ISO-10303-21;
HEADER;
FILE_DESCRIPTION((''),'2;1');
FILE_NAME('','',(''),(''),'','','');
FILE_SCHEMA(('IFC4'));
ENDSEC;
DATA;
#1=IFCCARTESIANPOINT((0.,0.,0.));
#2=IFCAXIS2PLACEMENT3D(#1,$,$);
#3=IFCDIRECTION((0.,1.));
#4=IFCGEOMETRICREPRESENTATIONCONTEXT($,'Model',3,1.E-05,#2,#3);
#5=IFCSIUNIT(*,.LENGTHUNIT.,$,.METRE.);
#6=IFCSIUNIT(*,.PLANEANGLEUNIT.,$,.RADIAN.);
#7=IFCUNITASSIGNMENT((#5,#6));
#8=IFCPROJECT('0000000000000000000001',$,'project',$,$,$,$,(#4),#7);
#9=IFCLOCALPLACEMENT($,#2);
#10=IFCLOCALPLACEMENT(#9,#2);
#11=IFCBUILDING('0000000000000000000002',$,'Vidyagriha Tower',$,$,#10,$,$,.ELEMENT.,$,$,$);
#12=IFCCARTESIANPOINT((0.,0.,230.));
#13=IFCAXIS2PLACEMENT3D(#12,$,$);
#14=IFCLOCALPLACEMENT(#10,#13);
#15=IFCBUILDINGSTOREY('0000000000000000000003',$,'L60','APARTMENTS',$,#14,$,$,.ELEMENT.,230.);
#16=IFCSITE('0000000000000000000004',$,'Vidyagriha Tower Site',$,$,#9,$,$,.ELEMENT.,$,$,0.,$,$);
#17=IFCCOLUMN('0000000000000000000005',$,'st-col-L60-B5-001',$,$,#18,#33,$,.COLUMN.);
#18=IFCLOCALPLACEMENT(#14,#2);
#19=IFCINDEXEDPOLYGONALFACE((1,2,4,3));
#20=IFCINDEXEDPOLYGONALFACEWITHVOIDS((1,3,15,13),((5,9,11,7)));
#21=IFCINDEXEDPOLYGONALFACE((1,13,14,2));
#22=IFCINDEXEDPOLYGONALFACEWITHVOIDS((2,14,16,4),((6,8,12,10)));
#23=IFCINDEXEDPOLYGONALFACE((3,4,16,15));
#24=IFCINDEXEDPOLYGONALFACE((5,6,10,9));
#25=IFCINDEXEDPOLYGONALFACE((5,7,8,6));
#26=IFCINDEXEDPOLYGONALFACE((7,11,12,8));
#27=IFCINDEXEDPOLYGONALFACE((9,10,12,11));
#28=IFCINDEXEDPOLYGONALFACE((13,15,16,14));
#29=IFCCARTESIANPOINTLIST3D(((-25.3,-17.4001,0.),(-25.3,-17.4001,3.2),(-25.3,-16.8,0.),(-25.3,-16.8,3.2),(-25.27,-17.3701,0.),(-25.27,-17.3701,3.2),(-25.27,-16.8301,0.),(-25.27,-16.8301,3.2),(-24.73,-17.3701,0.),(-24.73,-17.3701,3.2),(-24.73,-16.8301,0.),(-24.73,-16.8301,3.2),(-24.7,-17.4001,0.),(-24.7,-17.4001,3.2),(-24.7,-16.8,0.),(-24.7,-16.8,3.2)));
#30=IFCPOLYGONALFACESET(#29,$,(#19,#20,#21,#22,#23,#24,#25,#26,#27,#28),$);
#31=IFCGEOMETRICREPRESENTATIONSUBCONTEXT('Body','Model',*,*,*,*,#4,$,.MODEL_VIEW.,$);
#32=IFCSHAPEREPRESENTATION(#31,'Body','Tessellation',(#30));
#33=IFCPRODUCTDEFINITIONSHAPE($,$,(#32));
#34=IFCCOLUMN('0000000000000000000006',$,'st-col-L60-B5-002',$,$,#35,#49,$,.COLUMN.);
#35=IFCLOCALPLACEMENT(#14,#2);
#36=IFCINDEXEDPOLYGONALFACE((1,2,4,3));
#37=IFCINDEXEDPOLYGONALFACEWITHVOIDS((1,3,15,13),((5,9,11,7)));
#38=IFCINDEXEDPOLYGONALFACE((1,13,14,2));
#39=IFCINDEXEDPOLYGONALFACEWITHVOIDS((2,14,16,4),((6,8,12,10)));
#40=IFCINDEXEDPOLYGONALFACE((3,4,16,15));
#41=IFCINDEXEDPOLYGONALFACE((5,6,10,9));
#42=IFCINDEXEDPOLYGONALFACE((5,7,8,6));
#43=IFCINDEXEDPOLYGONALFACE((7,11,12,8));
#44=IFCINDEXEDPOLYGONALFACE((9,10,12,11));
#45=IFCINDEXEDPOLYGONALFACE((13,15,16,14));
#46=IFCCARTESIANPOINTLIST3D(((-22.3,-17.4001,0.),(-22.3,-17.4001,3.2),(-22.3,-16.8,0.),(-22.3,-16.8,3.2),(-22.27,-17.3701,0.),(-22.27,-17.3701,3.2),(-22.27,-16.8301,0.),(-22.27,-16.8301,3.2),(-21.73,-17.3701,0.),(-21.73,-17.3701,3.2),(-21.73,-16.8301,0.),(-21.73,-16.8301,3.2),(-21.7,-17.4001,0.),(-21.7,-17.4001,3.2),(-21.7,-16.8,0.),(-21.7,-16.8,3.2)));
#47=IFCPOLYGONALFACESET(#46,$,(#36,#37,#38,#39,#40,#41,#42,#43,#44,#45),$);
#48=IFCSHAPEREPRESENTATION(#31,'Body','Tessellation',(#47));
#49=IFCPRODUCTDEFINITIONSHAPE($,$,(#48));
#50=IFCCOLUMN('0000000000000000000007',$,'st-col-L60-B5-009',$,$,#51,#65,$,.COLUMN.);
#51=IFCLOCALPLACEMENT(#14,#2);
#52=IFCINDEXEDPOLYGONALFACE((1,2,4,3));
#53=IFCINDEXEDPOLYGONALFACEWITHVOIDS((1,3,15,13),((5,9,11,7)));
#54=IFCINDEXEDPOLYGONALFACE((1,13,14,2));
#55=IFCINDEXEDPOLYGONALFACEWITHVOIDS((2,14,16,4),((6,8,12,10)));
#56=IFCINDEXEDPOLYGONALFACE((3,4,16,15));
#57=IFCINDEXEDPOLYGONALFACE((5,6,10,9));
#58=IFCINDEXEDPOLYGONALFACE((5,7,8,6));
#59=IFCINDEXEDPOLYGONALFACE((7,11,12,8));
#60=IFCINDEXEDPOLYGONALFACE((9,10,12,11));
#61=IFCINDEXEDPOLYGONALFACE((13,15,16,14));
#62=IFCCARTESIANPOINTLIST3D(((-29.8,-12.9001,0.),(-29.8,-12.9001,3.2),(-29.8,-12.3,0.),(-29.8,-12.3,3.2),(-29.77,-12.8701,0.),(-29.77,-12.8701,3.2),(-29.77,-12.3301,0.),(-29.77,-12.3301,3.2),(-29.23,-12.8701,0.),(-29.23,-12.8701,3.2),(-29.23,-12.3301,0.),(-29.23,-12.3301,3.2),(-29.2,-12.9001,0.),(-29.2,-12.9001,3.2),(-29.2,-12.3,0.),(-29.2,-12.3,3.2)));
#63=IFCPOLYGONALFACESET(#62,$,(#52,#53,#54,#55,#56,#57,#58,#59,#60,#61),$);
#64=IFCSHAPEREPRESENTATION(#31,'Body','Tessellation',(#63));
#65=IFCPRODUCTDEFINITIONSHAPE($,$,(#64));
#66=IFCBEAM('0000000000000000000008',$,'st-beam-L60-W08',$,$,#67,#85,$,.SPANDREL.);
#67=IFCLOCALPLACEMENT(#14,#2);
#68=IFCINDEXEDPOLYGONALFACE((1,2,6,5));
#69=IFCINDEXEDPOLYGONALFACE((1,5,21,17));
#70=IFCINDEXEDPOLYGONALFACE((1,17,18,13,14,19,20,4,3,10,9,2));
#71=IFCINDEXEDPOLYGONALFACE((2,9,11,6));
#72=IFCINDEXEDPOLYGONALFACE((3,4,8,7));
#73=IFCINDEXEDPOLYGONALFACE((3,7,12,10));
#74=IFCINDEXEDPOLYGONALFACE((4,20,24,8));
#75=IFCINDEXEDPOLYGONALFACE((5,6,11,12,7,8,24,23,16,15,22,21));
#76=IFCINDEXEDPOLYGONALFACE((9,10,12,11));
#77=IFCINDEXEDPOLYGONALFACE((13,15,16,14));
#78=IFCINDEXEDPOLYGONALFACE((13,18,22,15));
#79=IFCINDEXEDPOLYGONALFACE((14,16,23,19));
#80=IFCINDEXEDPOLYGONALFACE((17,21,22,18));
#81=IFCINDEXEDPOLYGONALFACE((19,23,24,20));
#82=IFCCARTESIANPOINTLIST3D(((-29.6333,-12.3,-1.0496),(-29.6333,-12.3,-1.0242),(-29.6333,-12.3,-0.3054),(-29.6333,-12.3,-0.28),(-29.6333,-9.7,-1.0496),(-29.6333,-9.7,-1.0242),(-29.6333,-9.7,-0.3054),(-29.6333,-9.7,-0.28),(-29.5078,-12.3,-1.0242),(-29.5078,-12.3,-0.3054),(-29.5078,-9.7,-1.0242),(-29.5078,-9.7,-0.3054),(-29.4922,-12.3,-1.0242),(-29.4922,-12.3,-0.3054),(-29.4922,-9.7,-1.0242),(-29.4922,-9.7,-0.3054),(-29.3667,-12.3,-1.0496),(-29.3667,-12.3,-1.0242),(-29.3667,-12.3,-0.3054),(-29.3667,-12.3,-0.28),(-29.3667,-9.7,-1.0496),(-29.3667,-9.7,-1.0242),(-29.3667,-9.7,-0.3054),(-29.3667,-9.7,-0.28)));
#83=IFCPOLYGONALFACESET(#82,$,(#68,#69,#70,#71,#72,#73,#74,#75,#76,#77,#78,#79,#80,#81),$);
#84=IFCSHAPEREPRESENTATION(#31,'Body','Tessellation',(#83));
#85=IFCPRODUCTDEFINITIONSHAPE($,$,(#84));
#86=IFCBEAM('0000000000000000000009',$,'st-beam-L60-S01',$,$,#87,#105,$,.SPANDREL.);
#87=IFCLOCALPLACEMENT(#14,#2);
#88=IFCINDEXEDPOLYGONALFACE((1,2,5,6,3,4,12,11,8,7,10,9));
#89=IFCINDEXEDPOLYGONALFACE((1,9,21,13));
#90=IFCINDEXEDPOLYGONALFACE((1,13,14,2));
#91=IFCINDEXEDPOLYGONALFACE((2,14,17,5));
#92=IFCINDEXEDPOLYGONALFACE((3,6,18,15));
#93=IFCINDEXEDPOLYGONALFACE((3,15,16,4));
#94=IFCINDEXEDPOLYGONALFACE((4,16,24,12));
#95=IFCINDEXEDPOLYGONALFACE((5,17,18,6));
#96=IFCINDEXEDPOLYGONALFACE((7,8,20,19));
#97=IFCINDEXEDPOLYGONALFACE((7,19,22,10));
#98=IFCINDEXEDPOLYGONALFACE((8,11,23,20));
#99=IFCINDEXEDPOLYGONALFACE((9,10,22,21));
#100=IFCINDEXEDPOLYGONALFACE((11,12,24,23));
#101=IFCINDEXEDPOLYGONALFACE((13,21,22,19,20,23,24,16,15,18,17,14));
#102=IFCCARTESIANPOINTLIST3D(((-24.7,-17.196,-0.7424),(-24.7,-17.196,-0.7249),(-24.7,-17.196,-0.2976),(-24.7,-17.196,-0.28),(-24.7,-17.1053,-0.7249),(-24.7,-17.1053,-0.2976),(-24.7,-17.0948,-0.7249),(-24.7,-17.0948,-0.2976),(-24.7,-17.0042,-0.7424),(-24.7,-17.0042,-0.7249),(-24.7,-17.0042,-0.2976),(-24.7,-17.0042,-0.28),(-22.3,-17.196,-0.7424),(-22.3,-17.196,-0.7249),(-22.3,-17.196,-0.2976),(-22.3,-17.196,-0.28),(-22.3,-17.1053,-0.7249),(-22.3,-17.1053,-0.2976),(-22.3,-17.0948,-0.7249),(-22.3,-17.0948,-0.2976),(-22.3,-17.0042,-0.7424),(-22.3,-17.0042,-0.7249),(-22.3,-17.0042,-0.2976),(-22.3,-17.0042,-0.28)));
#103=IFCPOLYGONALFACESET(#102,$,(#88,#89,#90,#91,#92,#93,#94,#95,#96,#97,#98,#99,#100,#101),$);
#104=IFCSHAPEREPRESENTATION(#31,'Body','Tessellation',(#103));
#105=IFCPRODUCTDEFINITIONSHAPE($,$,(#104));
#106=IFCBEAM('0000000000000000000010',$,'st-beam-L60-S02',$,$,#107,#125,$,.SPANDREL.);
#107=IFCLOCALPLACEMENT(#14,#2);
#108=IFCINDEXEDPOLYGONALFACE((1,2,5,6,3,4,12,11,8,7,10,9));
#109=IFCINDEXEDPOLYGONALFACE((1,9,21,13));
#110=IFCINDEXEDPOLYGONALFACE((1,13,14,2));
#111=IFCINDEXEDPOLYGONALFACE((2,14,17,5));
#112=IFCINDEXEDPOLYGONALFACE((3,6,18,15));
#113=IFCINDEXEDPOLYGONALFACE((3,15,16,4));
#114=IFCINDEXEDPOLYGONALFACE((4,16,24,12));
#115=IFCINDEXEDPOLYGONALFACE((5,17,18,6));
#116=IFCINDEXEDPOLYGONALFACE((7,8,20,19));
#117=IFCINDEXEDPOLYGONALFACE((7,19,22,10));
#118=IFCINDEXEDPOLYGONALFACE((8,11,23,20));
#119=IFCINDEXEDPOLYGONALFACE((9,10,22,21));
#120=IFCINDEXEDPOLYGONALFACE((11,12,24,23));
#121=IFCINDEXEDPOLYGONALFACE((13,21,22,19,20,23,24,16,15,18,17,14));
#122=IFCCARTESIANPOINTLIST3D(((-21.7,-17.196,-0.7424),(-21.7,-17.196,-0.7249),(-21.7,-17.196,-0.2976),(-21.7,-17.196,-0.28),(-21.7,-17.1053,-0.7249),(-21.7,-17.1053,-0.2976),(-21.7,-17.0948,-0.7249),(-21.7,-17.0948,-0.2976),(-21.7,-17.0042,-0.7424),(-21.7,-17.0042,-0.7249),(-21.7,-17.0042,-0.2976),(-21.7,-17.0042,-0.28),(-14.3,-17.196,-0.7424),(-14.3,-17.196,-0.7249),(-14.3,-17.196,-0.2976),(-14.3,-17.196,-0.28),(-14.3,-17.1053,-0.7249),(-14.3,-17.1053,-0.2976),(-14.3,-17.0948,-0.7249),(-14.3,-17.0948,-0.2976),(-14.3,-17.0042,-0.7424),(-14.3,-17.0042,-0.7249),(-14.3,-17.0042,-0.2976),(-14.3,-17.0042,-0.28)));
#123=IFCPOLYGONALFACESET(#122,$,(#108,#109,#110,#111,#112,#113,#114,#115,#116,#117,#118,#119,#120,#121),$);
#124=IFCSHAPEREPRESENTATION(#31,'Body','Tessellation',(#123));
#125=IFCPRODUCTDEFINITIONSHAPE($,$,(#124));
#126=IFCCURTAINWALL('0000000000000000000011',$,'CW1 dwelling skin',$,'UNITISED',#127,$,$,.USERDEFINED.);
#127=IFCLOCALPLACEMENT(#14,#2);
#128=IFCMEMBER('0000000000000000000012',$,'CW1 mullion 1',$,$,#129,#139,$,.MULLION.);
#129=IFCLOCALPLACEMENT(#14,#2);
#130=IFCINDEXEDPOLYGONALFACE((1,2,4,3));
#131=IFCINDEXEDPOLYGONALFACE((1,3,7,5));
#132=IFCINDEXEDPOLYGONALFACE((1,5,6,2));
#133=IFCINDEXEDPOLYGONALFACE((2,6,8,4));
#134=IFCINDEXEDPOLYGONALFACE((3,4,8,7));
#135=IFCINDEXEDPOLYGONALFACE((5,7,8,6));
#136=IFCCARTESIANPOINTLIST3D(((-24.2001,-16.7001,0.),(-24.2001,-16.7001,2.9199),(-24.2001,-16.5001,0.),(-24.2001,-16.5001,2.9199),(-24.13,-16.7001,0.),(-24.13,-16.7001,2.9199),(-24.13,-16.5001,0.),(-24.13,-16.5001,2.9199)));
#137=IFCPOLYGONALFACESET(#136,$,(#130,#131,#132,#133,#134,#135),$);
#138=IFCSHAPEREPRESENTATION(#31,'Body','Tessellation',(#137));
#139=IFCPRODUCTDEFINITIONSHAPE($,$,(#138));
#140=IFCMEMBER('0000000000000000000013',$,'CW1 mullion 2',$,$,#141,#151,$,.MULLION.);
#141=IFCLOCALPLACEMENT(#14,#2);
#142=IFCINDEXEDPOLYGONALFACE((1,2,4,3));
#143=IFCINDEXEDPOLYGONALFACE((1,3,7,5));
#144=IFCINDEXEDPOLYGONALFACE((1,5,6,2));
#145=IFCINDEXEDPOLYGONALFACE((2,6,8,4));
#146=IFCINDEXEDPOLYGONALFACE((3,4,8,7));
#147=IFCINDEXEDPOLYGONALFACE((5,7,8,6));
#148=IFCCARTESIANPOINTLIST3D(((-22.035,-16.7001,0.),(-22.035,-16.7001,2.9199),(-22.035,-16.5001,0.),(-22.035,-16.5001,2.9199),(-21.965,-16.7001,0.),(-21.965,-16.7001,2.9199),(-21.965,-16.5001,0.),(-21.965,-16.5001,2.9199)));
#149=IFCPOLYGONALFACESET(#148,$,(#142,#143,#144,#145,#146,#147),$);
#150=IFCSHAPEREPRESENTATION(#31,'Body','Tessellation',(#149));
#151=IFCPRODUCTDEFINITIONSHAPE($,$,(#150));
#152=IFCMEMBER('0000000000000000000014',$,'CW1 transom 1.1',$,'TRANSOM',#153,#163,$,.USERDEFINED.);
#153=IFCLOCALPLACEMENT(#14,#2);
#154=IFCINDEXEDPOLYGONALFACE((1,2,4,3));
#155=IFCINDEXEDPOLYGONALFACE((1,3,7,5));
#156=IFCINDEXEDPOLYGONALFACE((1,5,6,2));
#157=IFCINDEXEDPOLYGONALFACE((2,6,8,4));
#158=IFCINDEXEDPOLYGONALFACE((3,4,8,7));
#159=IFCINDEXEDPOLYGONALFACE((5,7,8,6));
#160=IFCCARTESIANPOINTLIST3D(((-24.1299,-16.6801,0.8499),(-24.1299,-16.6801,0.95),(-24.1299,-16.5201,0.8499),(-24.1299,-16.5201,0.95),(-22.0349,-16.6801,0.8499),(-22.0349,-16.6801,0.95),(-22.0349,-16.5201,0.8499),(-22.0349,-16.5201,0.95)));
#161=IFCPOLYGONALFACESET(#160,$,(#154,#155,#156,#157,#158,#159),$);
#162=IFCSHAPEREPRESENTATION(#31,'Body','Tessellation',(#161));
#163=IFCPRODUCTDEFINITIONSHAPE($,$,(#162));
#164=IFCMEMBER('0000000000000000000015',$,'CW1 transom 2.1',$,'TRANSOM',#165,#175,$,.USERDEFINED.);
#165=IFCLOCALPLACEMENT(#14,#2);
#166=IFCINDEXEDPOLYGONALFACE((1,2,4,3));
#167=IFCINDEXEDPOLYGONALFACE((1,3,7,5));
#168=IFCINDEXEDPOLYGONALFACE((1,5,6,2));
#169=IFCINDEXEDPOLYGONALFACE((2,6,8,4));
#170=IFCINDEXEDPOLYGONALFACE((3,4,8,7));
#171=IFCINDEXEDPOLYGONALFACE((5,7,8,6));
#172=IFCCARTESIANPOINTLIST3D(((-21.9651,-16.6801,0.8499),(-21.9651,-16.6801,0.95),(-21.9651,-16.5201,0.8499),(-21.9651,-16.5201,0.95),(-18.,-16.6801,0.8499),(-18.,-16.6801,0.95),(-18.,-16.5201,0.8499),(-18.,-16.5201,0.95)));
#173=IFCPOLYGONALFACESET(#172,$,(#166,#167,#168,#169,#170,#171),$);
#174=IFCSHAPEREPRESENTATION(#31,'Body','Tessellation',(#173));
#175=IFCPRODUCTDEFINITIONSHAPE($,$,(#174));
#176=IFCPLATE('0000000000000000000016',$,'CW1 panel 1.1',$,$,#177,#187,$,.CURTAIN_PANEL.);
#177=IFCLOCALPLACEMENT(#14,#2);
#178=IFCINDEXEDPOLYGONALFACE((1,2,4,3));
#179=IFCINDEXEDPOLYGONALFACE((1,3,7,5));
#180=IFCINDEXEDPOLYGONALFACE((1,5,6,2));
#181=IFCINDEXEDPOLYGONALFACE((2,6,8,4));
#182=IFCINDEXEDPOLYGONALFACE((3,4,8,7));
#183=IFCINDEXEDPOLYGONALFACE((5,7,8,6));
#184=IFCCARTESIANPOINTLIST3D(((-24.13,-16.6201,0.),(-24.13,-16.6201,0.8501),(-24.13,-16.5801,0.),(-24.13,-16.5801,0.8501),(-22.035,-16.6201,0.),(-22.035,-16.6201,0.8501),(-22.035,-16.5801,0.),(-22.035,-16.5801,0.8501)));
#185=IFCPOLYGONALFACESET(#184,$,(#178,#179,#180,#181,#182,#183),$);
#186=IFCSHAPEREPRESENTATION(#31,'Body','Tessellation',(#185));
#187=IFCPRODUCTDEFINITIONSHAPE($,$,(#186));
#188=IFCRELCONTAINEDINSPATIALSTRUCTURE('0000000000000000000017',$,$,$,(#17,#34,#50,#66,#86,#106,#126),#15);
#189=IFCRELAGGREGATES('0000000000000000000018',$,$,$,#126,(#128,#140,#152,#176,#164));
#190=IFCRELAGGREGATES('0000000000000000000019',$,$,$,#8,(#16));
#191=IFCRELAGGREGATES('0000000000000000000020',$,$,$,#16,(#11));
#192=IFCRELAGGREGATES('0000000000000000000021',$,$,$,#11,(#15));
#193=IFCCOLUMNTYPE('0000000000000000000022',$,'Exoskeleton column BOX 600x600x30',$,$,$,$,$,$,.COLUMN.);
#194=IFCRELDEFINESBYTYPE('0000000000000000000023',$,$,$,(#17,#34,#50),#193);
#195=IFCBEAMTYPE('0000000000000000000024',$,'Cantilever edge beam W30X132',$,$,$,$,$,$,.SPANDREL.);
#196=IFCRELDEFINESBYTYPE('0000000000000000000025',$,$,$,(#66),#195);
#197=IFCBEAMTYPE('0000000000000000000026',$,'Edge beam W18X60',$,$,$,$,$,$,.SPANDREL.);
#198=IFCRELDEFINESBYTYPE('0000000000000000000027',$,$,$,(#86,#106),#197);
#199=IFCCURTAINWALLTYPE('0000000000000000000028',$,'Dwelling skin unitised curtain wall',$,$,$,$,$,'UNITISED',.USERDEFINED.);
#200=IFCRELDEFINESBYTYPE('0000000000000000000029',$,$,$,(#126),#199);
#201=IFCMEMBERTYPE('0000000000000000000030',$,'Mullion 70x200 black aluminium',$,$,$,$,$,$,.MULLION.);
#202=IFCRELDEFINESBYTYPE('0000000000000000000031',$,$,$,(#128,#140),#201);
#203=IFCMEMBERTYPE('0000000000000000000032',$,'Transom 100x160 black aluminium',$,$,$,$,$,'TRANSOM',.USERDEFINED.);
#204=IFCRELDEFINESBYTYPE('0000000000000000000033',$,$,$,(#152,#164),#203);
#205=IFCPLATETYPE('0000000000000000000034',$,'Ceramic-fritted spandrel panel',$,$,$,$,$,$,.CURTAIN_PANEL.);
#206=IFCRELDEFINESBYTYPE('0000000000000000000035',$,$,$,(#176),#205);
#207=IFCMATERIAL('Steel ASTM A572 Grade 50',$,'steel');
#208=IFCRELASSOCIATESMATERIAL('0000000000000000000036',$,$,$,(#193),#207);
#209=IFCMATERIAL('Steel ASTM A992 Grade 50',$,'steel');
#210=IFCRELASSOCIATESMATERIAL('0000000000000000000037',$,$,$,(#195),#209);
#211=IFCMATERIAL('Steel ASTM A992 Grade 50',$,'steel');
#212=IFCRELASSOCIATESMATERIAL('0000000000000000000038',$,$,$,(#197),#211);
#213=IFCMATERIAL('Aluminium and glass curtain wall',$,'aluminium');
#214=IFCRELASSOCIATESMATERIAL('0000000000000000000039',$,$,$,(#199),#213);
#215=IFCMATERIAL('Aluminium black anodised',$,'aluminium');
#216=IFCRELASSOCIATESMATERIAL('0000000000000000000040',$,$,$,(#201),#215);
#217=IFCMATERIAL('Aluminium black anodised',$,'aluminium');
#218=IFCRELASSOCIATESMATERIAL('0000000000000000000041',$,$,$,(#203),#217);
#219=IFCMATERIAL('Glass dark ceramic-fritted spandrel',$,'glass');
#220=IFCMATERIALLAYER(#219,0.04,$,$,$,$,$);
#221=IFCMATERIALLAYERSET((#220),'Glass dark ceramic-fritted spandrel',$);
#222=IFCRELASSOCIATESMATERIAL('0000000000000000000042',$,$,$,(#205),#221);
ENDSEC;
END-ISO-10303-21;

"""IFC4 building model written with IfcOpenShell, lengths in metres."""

from ifc_helpers import new_model, si_unit, direction, frame, origin, origin_2d, place, context, subcontext, project, spatial, rectangle, hollow_rectangle, i_section, extrude, material, layer, layer_set, material_profile, profile_set, type_object, element, aggregate, save


model = new_model("IFC4")

# Units and contexts
model_context = context("Model", 3, precision=1e-05, world=origin(), true_north=direction((0.0, 1.0)))
body_context = subcontext(model_context, "Body", "Model", "MODEL_VIEW")
ifc_project = project(units=[si_unit("LENGTHUNIT", "METRE"), si_unit("PLANEANGLEUNIT", "RADIAN")], contexts=[model_context])

# Site, building, storey
site_placement = place(None, origin())
site = spatial("IfcSite", under=ifc_project, at=site_placement, Name="Vidyagriha Tower Site", CompositionType="ELEMENT", RefElevation=0.0)
building_placement = place(site_placement, origin())
building = spatial("IfcBuilding", under=site, at=building_placement, Name="Vidyagriha Tower", CompositionType="ELEMENT")
storey_placement = place(building_placement, frame((0.0, 0.0, 230.0)))
storey = spatial("IfcBuildingStorey", under=building, at=storey_placement, Name="L60", Description="APARTMENTS", CompositionType="ELEMENT", Elevation=230.0)

# Columns
ifc_material_1 = material(Name="Steel ASTM A572 Grade 50", Category="steel")
ifc_material_profile_1 = material_profile(ifc_material_1, hollow_rectangle(XDim=0.6001, YDim=0.6001, WallThickness=0.03, at=origin_2d()), Name="BOX 600x600x30")
ifc_profile_set_1 = profile_set([ifc_material_profile_1], Name="Steel ASTM A572 Grade 50")
column_type = type_object("IfcColumnType", Name="Exoskeleton column BOX 600x600x30", PredefinedType="COLUMN", material=ifc_profile_set_1)
for number, where, name in (
    (1, (-25.0, -17.1001, 0.0), "st-col-L60-B5-001"),
    (2, (-22.0, -17.1001, 0.0), "st-col-L60-B5-002"),
    (3, (-29.5, -12.6001, 0.0), "st-col-L60-B5-009"),
):
    element("IfcColumn", number, at=place(storey_placement, frame(where)), inside=storey, type_object=column_type, Name=name, PredefinedType="COLUMN", context=body_context, shape_type="SweptSolid", body=[
        extrude(hollow_rectangle(XDim=0.6001, YDim=0.6001, WallThickness=0.03, at=origin_2d()), origin(), (0.0, 0.0, 1.0), 3.2),
    ])

# Beams
ifc_material_2 = material(Name="Steel ASTM A992 Grade 50", Category="steel")
ifc_material_profile_2 = material_profile(ifc_material_2, i_section(OverallWidth=0.2666, OverallDepth=0.7695, WebThickness=0.0156, FlangeThickness=0.0254, at=origin_2d()), Name="W30X132")
ifc_profile_set_2 = profile_set([ifc_material_profile_2], Name="Steel ASTM A992 Grade 50")
beam_type_1 = type_object("IfcBeamType", Name="Cantilever edge beam W30X132", PredefinedType="SPANDREL", material=ifc_profile_set_2)
beam_1_placement = place(storey_placement, frame((-29.5, -12.3, -0.6648), z_axis=(0.0, 1.0, 0.0), x_axis=(-1.0, 0.0, 0.0)))
element("IfcBeam", 4, at=beam_1_placement, inside=storey, type_object=beam_type_1, Name="st-beam-L60-W08", PredefinedType="SPANDREL", context=body_context, shape_type="SweptSolid", body=[
    extrude(i_section(OverallWidth=0.2666, OverallDepth=0.7695, WebThickness=0.0156, FlangeThickness=0.0254, at=origin_2d()), origin(), (0.0, 0.0, 1.0), 2.6001),
])
ifc_material_3 = material(Name="Steel ASTM A992 Grade 50", Category="steel")
ifc_material_profile_3 = material_profile(ifc_material_3, i_section(OverallWidth=0.1919, OverallDepth=0.4624, WebThickness=0.0105, FlangeThickness=0.0176, at=origin_2d()), Name="W18X60")
ifc_profile_set_3 = profile_set([ifc_material_profile_3], Name="Steel ASTM A992 Grade 50")
beam_type_2 = type_object("IfcBeamType", Name="Edge beam W18X60", PredefinedType="SPANDREL", material=ifc_profile_set_3)
beam_2_placement = place(storey_placement, frame((-24.7, -17.1001, -0.5112), z_axis=(1.0, 0.0, 0.0), x_axis=(0.0, 1.0, 0.0)))
element("IfcBeam", 5, at=beam_2_placement, inside=storey, type_object=beam_type_2, Name="st-beam-L60-S01", PredefinedType="SPANDREL", context=body_context, shape_type="SweptSolid", body=[
    extrude(i_section(OverallWidth=0.1919, OverallDepth=0.4624, WebThickness=0.0105, FlangeThickness=0.0176, at=origin_2d()), origin(), (0.0, 0.0, 1.0), 2.3999),
])
beam_3_placement = place(storey_placement, frame((-21.7, -17.1001, -0.5112), z_axis=(1.0, 0.0, 0.0), x_axis=(0.0, 1.0, 0.0)))
element("IfcBeam", 6, at=beam_3_placement, inside=storey, type_object=beam_type_2, Name="st-beam-L60-S02", PredefinedType="SPANDREL", context=body_context, shape_type="SweptSolid", body=[
    extrude(i_section(OverallWidth=0.1919, OverallDepth=0.4624, WebThickness=0.0105, FlangeThickness=0.0176, at=origin_2d()), origin(), (0.0, 0.0, 1.0), 7.3999),
])

# Curtain wall, members, plate
ifc_material_4 = material(Name="Aluminium and glass curtain wall", Category="aluminium")
curtain_wall_type = type_object("IfcCurtainWallType", Name="Dwelling skin unitised curtain wall", ElementType="UNITISED", PredefinedType="USERDEFINED", material=ifc_material_4)
curtain_wall_placement = place(storey_placement, origin())
curtain_wall = element("IfcCurtainWall", 7, at=curtain_wall_placement, inside=storey, type_object=curtain_wall_type, Name="CW1 dwelling skin", ObjectType="UNITISED", PredefinedType="USERDEFINED")
ifc_material_5 = material(Name="Aluminium black anodised", Category="aluminium")
ifc_material_profile_4 = material_profile(ifc_material_5, rectangle(XDim=0.2, YDim=0.0701, at=origin_2d()), Name="Mullion 70x200 black aluminium")
ifc_profile_set_4 = profile_set([ifc_material_profile_4], Name="Aluminium black anodised")
member_type_1 = type_object("IfcMemberType", Name="Mullion 70x200 black aluminium", PredefinedType="MULLION", material=ifc_profile_set_4)
member_1_placement = place(storey_placement, frame((-24.165, -16.6001, 0.0), z_axis=(0.0, 0.0, 1.0), x_axis=(0.0, 1.0, 0.0)))
member_1 = element("IfcMember", 8, at=member_1_placement, type_object=member_type_1, Name="CW1 mullion 1", PredefinedType="MULLION", context=body_context, shape_type="SweptSolid", body=[
    extrude(rectangle(XDim=0.2, YDim=0.0701, at=origin_2d()), origin(), (0.0, 0.0, 1.0), 2.9199),
])
member_2_placement = place(storey_placement, frame((-22.0, -16.6001, 0.0), z_axis=(0.0, 0.0, 1.0), x_axis=(0.0, 1.0, 0.0)))
member_2 = element("IfcMember", 9, at=member_2_placement, type_object=member_type_1, Name="CW1 mullion 2", PredefinedType="MULLION", context=body_context, shape_type="SweptSolid", body=[
    extrude(rectangle(XDim=0.2, YDim=0.0701, at=origin_2d()), origin(), (0.0, 0.0, 1.0), 2.9199),
])
ifc_material_6 = material(Name="Aluminium black anodised", Category="aluminium")
ifc_material_profile_5 = material_profile(ifc_material_6, rectangle(XDim=0.1599, YDim=0.1001, at=origin_2d()), Name="Transom 100x160 black aluminium")
ifc_profile_set_5 = profile_set([ifc_material_profile_5], Name="Aluminium black anodised")
member_type_2 = type_object("IfcMemberType", Name="Transom 100x160 black aluminium", ElementType="TRANSOM", PredefinedType="USERDEFINED", material=ifc_profile_set_5)
member_3_placement = place(storey_placement, frame((-24.1299, -16.6001, 0.8999), z_axis=(1.0, 0.0, 0.0), x_axis=(0.0, 1.0, 0.0)))
member_3 = element("IfcMember", 10, at=member_3_placement, type_object=member_type_2, Name="CW1 transom 1.1", ObjectType="TRANSOM", PredefinedType="USERDEFINED", context=body_context, shape_type="SweptSolid", body=[
    extrude(rectangle(XDim=0.1599, YDim=0.1001, at=origin_2d()), origin(), (0.0, 0.0, 1.0), 2.095),
])
member_4_placement = place(storey_placement, frame((-21.9651, -16.6001, 0.8999), z_axis=(1.0, 0.0, 0.0), x_axis=(0.0, 1.0, 0.0)))
member_4 = element("IfcMember", 11, at=member_4_placement, type_object=member_type_2, Name="CW1 transom 2.1", ObjectType="TRANSOM", PredefinedType="USERDEFINED", context=body_context, shape_type="SweptSolid", body=[
    extrude(rectangle(XDim=0.1599, YDim=0.1001, at=origin_2d()), origin(), (0.0, 0.0, 1.0), 3.9651),
])
ifc_material_7 = material(Name="Glass dark ceramic-fritted spandrel", Category="glass")
ifc_layer_1 = layer(ifc_material_7, 0.04)
ifc_layer_set_1 = layer_set([ifc_layer_1], Name="Glass dark ceramic-fritted spandrel")
plate_type_1 = type_object("IfcPlateType", Name="Ceramic-fritted spandrel panel", PredefinedType="CURTAIN_PANEL", material=ifc_layer_set_1)
plate_1_placement = place(storey_placement, frame((-23.0825, -16.6001, 0.0)))
plate_1 = element("IfcPlate", 12, at=plate_1_placement, type_object=plate_type_1, Name="CW1 panel 1.1", PredefinedType="CURTAIN_PANEL", context=body_context, shape_type="SweptSolid", body=[
    extrude(rectangle(XDim=2.095, YDim=0.04, at=origin_2d()), origin(), (0.0, 0.0, 1.0), 0.8501),
])
aggregate(curtain_wall, [member_1, member_2, member_3, plate_1, member_4])

save(model, "model.ifc")
